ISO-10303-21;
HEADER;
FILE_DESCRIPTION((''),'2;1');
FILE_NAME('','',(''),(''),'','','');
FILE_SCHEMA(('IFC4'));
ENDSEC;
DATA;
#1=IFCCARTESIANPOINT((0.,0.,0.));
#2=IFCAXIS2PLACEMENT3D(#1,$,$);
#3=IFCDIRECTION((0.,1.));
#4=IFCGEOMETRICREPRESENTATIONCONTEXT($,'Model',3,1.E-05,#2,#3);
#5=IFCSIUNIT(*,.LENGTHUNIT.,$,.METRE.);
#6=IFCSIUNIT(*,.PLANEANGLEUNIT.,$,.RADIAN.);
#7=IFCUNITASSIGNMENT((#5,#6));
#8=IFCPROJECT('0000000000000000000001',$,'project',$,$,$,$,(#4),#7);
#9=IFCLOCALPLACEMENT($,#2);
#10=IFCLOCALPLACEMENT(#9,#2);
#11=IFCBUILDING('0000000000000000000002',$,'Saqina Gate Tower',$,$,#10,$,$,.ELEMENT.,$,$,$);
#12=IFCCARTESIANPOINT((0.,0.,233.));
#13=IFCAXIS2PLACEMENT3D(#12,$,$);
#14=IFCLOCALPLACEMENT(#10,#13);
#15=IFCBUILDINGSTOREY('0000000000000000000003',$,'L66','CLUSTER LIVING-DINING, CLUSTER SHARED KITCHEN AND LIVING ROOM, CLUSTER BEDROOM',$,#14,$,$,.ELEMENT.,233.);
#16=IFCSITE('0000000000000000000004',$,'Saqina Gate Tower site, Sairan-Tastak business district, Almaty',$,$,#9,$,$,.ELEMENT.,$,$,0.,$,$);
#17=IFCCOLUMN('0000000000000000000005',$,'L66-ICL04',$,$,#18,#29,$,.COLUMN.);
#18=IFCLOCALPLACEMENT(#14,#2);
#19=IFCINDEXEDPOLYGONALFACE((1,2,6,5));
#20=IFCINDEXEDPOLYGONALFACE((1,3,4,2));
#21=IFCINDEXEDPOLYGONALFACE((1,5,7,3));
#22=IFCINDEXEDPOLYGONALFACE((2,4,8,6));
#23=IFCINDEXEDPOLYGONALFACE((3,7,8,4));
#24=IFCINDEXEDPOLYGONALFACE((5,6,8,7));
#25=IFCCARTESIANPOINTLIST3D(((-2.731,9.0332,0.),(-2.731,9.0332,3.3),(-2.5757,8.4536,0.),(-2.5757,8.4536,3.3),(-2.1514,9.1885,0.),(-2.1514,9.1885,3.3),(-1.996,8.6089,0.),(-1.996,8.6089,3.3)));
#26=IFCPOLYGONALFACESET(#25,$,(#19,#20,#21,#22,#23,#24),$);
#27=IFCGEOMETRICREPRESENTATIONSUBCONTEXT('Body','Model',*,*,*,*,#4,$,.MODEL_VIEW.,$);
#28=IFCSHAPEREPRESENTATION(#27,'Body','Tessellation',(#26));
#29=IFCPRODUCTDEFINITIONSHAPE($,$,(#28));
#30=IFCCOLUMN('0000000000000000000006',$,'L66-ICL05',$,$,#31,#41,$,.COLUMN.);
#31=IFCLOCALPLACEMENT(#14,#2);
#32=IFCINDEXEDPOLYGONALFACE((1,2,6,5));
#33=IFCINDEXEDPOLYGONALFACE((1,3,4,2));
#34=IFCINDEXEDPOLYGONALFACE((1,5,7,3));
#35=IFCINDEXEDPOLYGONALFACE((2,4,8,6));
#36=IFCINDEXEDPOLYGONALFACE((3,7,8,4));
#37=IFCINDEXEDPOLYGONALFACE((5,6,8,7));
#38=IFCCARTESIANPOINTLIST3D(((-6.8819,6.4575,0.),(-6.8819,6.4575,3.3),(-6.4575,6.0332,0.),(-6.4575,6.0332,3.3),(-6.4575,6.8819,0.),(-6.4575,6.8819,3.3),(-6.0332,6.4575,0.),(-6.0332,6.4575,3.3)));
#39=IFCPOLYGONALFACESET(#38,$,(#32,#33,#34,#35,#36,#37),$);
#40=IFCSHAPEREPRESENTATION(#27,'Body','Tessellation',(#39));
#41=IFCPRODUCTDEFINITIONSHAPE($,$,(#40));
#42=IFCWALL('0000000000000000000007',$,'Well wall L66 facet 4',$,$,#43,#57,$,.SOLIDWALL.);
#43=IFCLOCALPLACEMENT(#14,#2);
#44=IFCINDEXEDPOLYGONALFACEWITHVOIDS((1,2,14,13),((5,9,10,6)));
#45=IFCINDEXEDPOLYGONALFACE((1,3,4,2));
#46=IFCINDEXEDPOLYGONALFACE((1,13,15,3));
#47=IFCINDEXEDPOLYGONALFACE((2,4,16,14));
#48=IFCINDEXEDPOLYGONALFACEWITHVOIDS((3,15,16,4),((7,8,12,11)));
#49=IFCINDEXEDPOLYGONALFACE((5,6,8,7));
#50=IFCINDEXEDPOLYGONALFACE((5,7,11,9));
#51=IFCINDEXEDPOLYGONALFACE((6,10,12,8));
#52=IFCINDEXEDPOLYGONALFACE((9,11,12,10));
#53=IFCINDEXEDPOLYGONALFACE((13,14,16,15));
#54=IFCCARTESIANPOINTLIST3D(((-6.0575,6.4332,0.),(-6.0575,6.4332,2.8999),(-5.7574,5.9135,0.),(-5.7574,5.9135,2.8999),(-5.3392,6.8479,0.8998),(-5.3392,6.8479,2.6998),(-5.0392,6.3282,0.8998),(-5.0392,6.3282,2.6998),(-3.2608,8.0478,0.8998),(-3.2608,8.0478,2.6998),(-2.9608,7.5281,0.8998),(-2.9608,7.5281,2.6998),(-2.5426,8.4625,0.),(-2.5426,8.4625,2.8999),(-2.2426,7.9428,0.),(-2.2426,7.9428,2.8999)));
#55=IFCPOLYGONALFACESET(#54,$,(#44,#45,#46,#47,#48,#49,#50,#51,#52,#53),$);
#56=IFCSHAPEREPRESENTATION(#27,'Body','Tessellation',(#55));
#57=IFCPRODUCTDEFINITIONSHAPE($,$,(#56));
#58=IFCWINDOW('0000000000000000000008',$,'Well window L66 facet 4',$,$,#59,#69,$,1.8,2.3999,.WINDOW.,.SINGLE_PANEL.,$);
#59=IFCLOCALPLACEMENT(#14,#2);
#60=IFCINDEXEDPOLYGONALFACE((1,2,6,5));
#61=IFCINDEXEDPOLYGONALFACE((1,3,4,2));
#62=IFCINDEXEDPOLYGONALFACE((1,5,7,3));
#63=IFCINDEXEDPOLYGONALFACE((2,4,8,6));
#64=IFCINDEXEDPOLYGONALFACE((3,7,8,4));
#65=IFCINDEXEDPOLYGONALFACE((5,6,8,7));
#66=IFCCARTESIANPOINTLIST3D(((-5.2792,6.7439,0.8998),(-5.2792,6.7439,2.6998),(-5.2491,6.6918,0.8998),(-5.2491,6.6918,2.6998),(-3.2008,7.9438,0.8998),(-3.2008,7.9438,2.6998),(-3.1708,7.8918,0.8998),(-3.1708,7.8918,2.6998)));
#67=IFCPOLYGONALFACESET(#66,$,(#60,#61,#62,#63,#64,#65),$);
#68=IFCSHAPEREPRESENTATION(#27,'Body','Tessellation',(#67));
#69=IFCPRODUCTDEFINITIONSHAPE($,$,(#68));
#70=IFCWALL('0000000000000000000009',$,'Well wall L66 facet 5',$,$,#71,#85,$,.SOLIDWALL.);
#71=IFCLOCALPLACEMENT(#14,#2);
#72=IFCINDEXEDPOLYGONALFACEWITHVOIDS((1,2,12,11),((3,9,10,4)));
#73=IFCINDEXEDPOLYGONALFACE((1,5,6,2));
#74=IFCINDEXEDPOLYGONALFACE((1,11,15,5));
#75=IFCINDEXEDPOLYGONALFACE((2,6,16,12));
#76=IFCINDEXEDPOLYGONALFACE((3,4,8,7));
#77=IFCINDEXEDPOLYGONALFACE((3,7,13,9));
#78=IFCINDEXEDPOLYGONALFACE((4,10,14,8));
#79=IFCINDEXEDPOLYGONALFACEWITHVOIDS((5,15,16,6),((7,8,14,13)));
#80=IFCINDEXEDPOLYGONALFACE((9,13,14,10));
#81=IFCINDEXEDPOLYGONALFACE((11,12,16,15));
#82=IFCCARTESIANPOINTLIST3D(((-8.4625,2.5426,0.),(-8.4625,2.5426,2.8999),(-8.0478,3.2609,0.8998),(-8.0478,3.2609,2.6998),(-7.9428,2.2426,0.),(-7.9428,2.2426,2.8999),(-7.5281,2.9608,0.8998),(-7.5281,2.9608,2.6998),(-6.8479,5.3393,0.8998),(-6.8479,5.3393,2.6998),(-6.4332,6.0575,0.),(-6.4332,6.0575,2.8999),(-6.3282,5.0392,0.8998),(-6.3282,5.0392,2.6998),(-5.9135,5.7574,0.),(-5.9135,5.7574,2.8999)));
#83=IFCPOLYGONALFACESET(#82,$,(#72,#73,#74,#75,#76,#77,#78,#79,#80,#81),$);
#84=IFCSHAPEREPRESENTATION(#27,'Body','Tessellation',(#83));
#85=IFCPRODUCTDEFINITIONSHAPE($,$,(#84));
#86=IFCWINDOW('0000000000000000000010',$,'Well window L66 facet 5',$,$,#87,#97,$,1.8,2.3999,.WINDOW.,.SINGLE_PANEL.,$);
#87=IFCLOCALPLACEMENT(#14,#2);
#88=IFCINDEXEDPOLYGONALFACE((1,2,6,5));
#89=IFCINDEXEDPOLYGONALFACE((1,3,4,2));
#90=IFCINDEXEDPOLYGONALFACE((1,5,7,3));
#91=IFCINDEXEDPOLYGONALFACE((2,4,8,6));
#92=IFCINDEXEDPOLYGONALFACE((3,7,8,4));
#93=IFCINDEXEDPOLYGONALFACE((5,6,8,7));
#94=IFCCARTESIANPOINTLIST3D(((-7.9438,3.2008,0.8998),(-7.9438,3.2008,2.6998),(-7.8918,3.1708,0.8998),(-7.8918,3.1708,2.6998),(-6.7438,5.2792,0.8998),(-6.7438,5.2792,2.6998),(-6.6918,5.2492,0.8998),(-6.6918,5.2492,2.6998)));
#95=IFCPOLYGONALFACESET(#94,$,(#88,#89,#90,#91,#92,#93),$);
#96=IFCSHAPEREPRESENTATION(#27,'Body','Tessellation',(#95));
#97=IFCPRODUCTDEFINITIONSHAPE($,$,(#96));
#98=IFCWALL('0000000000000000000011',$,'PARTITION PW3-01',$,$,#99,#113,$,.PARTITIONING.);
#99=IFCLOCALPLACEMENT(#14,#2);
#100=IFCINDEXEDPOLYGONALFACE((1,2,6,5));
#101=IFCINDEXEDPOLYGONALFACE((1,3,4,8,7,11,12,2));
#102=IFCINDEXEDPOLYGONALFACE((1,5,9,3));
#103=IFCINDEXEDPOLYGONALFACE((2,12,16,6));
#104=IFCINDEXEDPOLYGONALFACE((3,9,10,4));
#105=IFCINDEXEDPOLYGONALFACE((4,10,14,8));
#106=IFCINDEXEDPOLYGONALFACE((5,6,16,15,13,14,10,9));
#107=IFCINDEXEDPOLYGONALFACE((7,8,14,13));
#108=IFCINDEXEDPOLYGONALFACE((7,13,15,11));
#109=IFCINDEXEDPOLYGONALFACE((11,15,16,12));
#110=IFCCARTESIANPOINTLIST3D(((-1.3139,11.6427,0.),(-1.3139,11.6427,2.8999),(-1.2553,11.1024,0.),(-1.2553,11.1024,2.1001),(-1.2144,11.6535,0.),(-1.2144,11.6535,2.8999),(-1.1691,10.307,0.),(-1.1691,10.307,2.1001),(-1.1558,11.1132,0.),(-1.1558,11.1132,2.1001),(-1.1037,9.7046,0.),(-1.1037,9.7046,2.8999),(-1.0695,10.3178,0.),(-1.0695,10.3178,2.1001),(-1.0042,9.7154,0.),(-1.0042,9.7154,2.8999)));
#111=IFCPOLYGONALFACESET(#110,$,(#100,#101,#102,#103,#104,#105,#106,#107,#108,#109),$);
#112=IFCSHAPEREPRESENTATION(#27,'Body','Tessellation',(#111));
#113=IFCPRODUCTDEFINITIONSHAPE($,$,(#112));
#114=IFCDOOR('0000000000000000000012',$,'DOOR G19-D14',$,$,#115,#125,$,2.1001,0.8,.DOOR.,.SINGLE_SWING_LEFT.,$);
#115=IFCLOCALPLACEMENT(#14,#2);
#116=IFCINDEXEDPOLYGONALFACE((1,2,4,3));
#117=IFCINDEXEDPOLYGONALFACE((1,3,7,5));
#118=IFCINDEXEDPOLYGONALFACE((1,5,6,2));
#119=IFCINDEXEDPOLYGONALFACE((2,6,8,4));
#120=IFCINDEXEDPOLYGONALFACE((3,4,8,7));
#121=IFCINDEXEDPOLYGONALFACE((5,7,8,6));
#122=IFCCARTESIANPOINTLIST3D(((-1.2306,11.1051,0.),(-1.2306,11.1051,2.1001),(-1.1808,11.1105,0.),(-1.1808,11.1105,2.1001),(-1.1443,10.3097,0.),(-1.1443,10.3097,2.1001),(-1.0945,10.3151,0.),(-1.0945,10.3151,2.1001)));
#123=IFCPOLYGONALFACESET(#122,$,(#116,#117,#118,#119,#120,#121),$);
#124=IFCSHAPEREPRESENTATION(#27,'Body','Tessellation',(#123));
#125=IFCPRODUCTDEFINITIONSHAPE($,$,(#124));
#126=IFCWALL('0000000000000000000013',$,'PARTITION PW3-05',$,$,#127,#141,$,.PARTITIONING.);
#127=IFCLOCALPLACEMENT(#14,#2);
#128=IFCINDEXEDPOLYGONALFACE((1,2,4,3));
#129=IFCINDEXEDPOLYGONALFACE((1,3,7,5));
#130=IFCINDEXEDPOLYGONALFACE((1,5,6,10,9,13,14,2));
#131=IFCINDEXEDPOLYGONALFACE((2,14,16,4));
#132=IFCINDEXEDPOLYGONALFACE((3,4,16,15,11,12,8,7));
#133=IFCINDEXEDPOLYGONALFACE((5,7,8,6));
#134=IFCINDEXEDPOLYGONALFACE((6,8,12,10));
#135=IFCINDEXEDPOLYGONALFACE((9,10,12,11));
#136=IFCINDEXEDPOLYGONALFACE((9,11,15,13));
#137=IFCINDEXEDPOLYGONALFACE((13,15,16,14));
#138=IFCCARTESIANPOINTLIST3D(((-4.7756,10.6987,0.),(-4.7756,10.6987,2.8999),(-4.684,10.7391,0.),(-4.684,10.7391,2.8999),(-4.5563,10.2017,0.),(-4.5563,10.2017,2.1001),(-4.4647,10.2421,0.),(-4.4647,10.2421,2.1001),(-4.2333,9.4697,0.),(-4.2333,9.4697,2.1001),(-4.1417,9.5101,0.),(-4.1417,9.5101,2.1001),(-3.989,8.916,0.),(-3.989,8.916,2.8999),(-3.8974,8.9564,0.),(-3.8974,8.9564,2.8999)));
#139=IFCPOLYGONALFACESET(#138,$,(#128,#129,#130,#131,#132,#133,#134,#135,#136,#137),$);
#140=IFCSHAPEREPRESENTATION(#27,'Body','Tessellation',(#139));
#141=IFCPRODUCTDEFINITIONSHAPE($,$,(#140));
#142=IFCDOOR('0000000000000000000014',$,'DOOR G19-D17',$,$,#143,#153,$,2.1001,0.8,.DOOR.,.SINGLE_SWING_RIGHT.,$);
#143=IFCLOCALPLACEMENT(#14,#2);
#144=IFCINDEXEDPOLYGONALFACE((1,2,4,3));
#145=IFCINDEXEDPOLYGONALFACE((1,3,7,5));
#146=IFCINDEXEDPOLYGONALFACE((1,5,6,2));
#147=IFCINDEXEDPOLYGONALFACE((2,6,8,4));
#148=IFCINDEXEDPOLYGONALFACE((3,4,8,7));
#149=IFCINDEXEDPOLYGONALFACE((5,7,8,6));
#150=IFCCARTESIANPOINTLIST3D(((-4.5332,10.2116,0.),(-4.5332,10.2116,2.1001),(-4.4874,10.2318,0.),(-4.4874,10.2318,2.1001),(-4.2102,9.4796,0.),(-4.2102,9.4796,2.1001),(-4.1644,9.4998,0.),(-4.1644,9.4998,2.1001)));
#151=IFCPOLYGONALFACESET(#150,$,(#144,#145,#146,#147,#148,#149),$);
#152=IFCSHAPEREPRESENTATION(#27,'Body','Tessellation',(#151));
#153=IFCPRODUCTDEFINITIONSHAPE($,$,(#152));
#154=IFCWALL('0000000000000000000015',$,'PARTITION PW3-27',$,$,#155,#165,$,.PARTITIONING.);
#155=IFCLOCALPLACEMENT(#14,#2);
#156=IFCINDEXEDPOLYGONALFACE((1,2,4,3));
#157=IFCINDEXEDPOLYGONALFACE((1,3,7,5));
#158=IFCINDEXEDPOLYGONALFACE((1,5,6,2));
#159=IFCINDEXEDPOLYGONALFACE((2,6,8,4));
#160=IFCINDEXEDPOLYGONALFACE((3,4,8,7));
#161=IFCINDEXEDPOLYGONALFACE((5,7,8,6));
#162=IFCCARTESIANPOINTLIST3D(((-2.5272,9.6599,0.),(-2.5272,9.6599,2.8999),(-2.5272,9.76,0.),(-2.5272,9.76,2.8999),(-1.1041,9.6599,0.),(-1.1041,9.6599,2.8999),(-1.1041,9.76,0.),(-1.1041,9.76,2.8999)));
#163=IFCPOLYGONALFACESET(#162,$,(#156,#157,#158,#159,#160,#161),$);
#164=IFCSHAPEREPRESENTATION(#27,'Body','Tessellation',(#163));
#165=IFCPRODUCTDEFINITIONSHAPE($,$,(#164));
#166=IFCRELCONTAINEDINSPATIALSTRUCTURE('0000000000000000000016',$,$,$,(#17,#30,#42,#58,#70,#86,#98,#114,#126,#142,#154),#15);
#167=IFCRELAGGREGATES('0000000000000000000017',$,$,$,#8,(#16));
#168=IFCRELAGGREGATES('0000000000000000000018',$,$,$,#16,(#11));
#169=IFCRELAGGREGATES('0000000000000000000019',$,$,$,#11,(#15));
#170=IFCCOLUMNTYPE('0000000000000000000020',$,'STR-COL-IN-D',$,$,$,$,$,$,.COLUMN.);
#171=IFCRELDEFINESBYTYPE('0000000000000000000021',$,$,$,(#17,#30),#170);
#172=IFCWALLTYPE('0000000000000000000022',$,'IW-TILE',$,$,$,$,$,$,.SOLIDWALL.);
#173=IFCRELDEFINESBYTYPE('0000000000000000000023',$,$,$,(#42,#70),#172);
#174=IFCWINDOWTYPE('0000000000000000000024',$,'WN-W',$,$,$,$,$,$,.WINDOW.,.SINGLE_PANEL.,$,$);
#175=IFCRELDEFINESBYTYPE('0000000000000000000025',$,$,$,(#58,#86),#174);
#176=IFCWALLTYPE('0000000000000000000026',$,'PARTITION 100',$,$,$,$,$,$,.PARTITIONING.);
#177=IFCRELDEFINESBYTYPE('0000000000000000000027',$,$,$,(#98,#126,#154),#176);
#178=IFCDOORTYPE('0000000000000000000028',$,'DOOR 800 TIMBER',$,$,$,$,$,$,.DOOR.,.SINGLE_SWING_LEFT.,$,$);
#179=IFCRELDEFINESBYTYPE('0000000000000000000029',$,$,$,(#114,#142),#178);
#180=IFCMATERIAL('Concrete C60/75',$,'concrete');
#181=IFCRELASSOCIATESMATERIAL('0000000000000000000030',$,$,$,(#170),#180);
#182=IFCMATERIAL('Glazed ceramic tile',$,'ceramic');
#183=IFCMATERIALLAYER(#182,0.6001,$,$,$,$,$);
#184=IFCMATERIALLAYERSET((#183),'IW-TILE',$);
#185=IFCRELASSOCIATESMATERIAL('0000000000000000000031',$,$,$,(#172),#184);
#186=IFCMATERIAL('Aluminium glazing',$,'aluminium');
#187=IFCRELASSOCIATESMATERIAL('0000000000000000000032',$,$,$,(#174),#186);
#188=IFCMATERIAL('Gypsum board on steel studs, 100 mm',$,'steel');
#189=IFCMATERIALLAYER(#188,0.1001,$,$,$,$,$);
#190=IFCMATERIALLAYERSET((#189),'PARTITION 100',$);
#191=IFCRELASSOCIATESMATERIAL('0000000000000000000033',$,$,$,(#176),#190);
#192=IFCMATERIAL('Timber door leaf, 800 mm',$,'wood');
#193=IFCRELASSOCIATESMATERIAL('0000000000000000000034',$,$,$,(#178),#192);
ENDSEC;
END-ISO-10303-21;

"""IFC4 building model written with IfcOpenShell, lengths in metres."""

from ifc_helpers import new_model, si_unit, direction, frame, frame_2d, origin, origin_2d, place, context, subcontext, project, spatial, rectangle, extrude, material, layer, layer_set, material_profile, profile_set, type_object, element, fill, save


model = new_model("IFC4")

# Units and contexts
model_context = context("Model", 3, precision=1e-05, world=origin(), true_north=direction((0.0, 1.0)))
body_context = subcontext(model_context, "Body", "Model", "MODEL_VIEW")
ifc_project = project(units=[si_unit("LENGTHUNIT", "METRE"), si_unit("PLANEANGLEUNIT", "RADIAN")], contexts=[model_context])

# Site, building, storey
site_placement = place(None, origin())
site = spatial("IfcSite", under=ifc_project, at=site_placement, Name="Saqina Gate Tower site, Sairan-Tastak business district, Almaty", CompositionType="ELEMENT", RefElevation=0.0)
building_placement = place(site_placement, origin())
building = spatial("IfcBuilding", under=site, at=building_placement, Name="Saqina Gate Tower", CompositionType="ELEMENT")
storey_placement = place(building_placement, frame((0.0, 0.0, 233.0)))
storey = spatial("IfcBuildingStorey", under=building, at=storey_placement, Name="L66", Description="CLUSTER LIVING-DINING, CLUSTER SHARED KITCHEN AND LIVING ROOM, CLUSTER BEDROOM", CompositionType="ELEMENT", Elevation=233.0)

# Columns
ifc_material_1 = material(Name="Concrete C60/75", Category="concrete")
ifc_material_profile = material_profile(ifc_material_1, rectangle(XDim=0.6001, YDim=0.6001, at=origin_2d()), Name="RC 600x600")
ifc_profile_set = profile_set([ifc_material_profile], Name="Concrete C60/75")
column_type = type_object("IfcColumnType", Name="STR-COL-IN-D", PredefinedType="COLUMN", material=ifc_profile_set)
for number, where, z_axis, x_axis, name in (
    (1, (-2.3635, 8.821, 0.0), (0.0, 0.0, 1.0), (-0.258819, 0.965926, 0.0), "L66-ICL04"),
    (2, (-6.4575, 6.4575, 0.0), (0.0, 0.0, 1.0), (-0.707107, 0.707107, 0.0), "L66-ICL05"),
):
    element("IfcColumn", number, at=place(storey_placement, frame(where, z_axis=z_axis, x_axis=x_axis)), inside=storey, type_object=column_type, Name=name, PredefinedType="COLUMN", context=body_context, shape_type="SweptSolid", body=[
        extrude(rectangle(XDim=0.6001, YDim=0.6001, at=origin_2d()), origin(), (0.0, 0.0, 1.0), 3.3),
    ])

# Walls, openings, windows
ifc_material_2 = material(Name="Glazed ceramic tile", Category="ceramic")
ifc_layer_1 = layer(ifc_material_2, 0.6001)
ifc_layer_set_1 = layer_set([ifc_layer_1], Name="IW-TILE")
wall_type_1 = type_object("IfcWallType", Name="IW-TILE", PredefinedType="SOLIDWALL", material=ifc_layer_set_1)
wall_1_placement = place(storey_placement, frame((-2.3926, 8.2026, 0.0), z_axis=(0.0, 0.0, 1.0), x_axis=(-0.866028, -0.499995, 0.0)))
wall_1 = element("IfcWall", 3, at=wall_1_placement, inside=storey, type_object=wall_type_1, Name="Well wall L66 facet 4", PredefinedType="SOLIDWALL", context=body_context, shape_type="SweptSolid", body=[
    extrude(rectangle(XDim=4.0586, YDim=0.6001, at=frame_2d((2.0293, 0.0))), origin(), (0.0, 0.0, 1.0), 2.8999),
])
opening_1_placement = place(wall_1_placement, frame((0.8293, 0.0, 0.8999)))
opening_1 = element("IfcOpeningElement", 4, at=opening_1_placement, cuts=wall_1, PredefinedType="OPENING", context=body_context, shape_type="SweptSolid", body=[
    extrude(rectangle(XDim=2.3999, YDim=1.8, at=frame_2d((1.2, 0.8999))), frame((0.0, 0.312, 0.0), z_axis=(0.0, -1.0, 0.0), x_axis=(1.0, 0.0, 0.0)), (0.0, 0.0, 1.0), 0.624),
])
ifc_material_3 = material(Name="Aluminium glazing", Category="aluminium")
window_type = type_object("IfcWindowType", Name="WN-W", PartitioningType="SINGLE_PANEL", PredefinedType="WINDOW", material=ifc_material_3)
window_1_placement = place(opening_1_placement, origin())
window_1 = element("IfcWindow", 5, at=window_1_placement, inside=storey, type_object=window_type, Name="Well window L66 facet 4", OverallHeight=1.8, OverallWidth=2.3999, PartitioningType="SINGLE_PANEL", PredefinedType="WINDOW", context=body_context, shape_type="SweptSolid", body=[
    extrude(rectangle(XDim=2.3999, YDim=1.8, at=frame_2d((1.2, 0.8999))), frame((0.0, -0.1199, 0.0), z_axis=(0.0, -1.0, 0.0), x_axis=(1.0, 0.0, 0.0)), (0.0, 0.0, 1.0), 0.0601),
])
fill(opening_1, window_1)
wall_2_placement = place(storey_placement, frame((-6.1733, 5.9075, 0.0), z_axis=(0.0, 0.0, 1.0), x_axis=(-0.499995, -0.866028, 0.0)))
wall_2 = element("IfcWall", 6, at=wall_2_placement, inside=storey, type_object=wall_type_1, Name="Well wall L66 facet 5", PredefinedType="SOLIDWALL", context=body_context, shape_type="SweptSolid", body=[
    extrude(rectangle(XDim=4.0586, YDim=0.6001, at=frame_2d((2.0293, 0.0))), origin(), (0.0, 0.0, 1.0), 2.8999),
])
opening_2_placement = place(wall_2_placement, frame((0.8293, 0.0, 0.8999)))
opening_2 = element("IfcOpeningElement", 7, at=opening_2_placement, cuts=wall_2, PredefinedType="OPENING", context=body_context, shape_type="SweptSolid", body=[
    extrude(rectangle(XDim=2.3999, YDim=1.8, at=frame_2d((1.2, 0.8999))), frame((0.0, 0.312, 0.0), z_axis=(0.0, -1.0, 0.0), x_axis=(1.0, 0.0, 0.0)), (0.0, 0.0, 1.0), 0.624),
])
window_2_placement = place(opening_2_placement, origin())
window_2 = element("IfcWindow", 8, at=window_2_placement, inside=storey, type_object=window_type, Name="Well window L66 facet 5", OverallHeight=1.8, OverallWidth=2.3999, PartitioningType="SINGLE_PANEL", PredefinedType="WINDOW", context=body_context, shape_type="SweptSolid", body=[
    extrude(rectangle(XDim=2.3999, YDim=1.8, at=frame_2d((1.2, 0.8999))), frame((0.0, -0.1199, 0.0), z_axis=(0.0, -1.0, 0.0), x_axis=(1.0, 0.0, 0.0)), (0.0, 0.0, 1.0), 0.0601),
])
fill(opening_2, window_2)

# Walls, openings, doors
ifc_material_4 = material(Name="Gypsum board on steel studs, 100 mm", Category="steel")
ifc_layer_2 = layer(ifc_material_4, 0.1001)
ifc_layer_set_2 = layer_set([ifc_layer_2], Name="PARTITION 100")
wall_type_2 = type_object("IfcWallType", Name="PARTITION 100", PredefinedType="PARTITIONING", material=ifc_layer_set_2)
wall_3_placement = place(storey_placement, frame((-1.2642, 11.6479, 0.0), z_axis=(0.0, 0.0, 1.0), x_axis=(0.107833, -0.994169, 0.0)))
wall_3 = element("IfcWall", 9, at=wall_3_placement, inside=storey, type_object=wall_type_2, Name="PARTITION PW3-01", PredefinedType="PARTITIONING", context=body_context, shape_type="SweptSolid", body=[
    extrude(rectangle(XDim=1.9495, YDim=0.1001, at=frame_2d((0.9746, 0.0))), origin(), (0.0, 0.0, 1.0), 2.8999),
])
opening_3_placement = place(wall_3_placement, frame((0.5435, 0.0, 0.0)))
opening_3 = element("IfcOpeningElement", 10, at=opening_3_placement, cuts=wall_3, PredefinedType="OPENING", context=body_context, shape_type="SweptSolid", body=[
    extrude(rectangle(XDim=0.8, YDim=2.1001, at=frame_2d((0.3999, 1.05))), frame((0.0, 0.062, 0.0), z_axis=(0.0, -1.0, 0.0), x_axis=(1.0, 0.0, 0.0)), (0.0, 0.0, 1.0), 0.124),
])
ifc_material_5 = material(Name="Timber door leaf, 800 mm", Category="wood")
door_type_1 = type_object("IfcDoorType", Name="DOOR 800 TIMBER", OperationType="SINGLE_SWING_LEFT", PredefinedType="DOOR", material=ifc_material_5)
door_1_placement = place(opening_3_placement, origin())
door_1 = element("IfcDoor", 11, at=door_1_placement, inside=storey, type_object=door_type_1, Name="DOOR G19-D14", OperationType="SINGLE_SWING_LEFT", OverallHeight=2.1001, OverallWidth=0.8, PredefinedType="DOOR", context=body_context, shape_type="SweptSolid", body=[
    extrude(rectangle(XDim=0.8, YDim=2.1001, at=frame_2d((0.3999, 1.05))), frame((0.0, 0.0249, 0.0), z_axis=(0.0, -1.0, 0.0), x_axis=(1.0, 0.0, 0.0)), (0.0, 0.0, 1.0), 0.05),
])
fill(opening_3, door_1)
wall_4_placement = place(storey_placement, frame((-4.7297, 10.7188, 0.0), z_axis=(0.0, 0.0, 1.0), x_axis=(0.403696, -0.914893, 0.0)))
wall_4 = element("IfcWall", 12, at=wall_4_placement, inside=storey, type_object=wall_type_2, Name="PARTITION PW3-05", PredefinedType="PARTITIONING", context=body_context, shape_type="SweptSolid", body=[
    extrude(rectangle(XDim=1.9485, YDim=0.1001, at=frame_2d((0.9741, 0.0))), origin(), (0.0, 0.0, 1.0), 2.8999),
])
opening_4_placement = place(wall_4_placement, frame((0.5432, 0.0, 0.0)))
opening_4 = element("IfcOpeningElement", 13, at=opening_4_placement, cuts=wall_4, PredefinedType="OPENING", context=body_context, shape_type="SweptSolid", body=[
    extrude(rectangle(XDim=0.8, YDim=2.1001, at=frame_2d((0.3999, 1.05))), frame((0.0, 0.062, 0.0), z_axis=(0.0, -1.0, 0.0), x_axis=(1.0, 0.0, 0.0)), (0.0, 0.0, 1.0), 0.124),
])
door_2_placement = place(opening_4_placement, frame((0.8, 0.0, 0.0), z_axis=(0.0, 0.0, 1.0), x_axis=(-1.0, 0.0, 0.0)))
door_2 = element("IfcDoor", 14, at=door_2_placement, inside=storey, type_object=door_type_1, Name="DOOR G19-D17", OperationType="SINGLE_SWING_RIGHT", OverallHeight=2.1001, OverallWidth=0.8, PredefinedType="DOOR", context=body_context, shape_type="SweptSolid", body=[
    extrude(rectangle(XDim=0.8, YDim=2.1001, at=frame_2d((0.3999, 1.05))), frame((0.0, 0.0249, 0.0), z_axis=(0.0, -1.0, 0.0), x_axis=(1.0, 0.0, 0.0)), (0.0, 0.0, 1.0), 0.05),
])
fill(opening_4, door_2)

# Wall
wall_5_placement = place(storey_placement, frame((-2.5271, 9.71, 0.0), z_axis=(0.0, 0.0, 1.0), x_axis=(1.0, 0.0, 0.0)))
element("IfcWall", 15, at=wall_5_placement, inside=storey, type_object=wall_type_2, Name="PARTITION PW3-27", PredefinedType="PARTITIONING", context=body_context, shape_type="SweptSolid", body=[
    extrude(rectangle(XDim=1.4231, YDim=0.1001, at=frame_2d((0.7114, 0.0))), origin(), (0.0, 0.0, 1.0), 2.8999),
])

save(model, "model.ifc")
